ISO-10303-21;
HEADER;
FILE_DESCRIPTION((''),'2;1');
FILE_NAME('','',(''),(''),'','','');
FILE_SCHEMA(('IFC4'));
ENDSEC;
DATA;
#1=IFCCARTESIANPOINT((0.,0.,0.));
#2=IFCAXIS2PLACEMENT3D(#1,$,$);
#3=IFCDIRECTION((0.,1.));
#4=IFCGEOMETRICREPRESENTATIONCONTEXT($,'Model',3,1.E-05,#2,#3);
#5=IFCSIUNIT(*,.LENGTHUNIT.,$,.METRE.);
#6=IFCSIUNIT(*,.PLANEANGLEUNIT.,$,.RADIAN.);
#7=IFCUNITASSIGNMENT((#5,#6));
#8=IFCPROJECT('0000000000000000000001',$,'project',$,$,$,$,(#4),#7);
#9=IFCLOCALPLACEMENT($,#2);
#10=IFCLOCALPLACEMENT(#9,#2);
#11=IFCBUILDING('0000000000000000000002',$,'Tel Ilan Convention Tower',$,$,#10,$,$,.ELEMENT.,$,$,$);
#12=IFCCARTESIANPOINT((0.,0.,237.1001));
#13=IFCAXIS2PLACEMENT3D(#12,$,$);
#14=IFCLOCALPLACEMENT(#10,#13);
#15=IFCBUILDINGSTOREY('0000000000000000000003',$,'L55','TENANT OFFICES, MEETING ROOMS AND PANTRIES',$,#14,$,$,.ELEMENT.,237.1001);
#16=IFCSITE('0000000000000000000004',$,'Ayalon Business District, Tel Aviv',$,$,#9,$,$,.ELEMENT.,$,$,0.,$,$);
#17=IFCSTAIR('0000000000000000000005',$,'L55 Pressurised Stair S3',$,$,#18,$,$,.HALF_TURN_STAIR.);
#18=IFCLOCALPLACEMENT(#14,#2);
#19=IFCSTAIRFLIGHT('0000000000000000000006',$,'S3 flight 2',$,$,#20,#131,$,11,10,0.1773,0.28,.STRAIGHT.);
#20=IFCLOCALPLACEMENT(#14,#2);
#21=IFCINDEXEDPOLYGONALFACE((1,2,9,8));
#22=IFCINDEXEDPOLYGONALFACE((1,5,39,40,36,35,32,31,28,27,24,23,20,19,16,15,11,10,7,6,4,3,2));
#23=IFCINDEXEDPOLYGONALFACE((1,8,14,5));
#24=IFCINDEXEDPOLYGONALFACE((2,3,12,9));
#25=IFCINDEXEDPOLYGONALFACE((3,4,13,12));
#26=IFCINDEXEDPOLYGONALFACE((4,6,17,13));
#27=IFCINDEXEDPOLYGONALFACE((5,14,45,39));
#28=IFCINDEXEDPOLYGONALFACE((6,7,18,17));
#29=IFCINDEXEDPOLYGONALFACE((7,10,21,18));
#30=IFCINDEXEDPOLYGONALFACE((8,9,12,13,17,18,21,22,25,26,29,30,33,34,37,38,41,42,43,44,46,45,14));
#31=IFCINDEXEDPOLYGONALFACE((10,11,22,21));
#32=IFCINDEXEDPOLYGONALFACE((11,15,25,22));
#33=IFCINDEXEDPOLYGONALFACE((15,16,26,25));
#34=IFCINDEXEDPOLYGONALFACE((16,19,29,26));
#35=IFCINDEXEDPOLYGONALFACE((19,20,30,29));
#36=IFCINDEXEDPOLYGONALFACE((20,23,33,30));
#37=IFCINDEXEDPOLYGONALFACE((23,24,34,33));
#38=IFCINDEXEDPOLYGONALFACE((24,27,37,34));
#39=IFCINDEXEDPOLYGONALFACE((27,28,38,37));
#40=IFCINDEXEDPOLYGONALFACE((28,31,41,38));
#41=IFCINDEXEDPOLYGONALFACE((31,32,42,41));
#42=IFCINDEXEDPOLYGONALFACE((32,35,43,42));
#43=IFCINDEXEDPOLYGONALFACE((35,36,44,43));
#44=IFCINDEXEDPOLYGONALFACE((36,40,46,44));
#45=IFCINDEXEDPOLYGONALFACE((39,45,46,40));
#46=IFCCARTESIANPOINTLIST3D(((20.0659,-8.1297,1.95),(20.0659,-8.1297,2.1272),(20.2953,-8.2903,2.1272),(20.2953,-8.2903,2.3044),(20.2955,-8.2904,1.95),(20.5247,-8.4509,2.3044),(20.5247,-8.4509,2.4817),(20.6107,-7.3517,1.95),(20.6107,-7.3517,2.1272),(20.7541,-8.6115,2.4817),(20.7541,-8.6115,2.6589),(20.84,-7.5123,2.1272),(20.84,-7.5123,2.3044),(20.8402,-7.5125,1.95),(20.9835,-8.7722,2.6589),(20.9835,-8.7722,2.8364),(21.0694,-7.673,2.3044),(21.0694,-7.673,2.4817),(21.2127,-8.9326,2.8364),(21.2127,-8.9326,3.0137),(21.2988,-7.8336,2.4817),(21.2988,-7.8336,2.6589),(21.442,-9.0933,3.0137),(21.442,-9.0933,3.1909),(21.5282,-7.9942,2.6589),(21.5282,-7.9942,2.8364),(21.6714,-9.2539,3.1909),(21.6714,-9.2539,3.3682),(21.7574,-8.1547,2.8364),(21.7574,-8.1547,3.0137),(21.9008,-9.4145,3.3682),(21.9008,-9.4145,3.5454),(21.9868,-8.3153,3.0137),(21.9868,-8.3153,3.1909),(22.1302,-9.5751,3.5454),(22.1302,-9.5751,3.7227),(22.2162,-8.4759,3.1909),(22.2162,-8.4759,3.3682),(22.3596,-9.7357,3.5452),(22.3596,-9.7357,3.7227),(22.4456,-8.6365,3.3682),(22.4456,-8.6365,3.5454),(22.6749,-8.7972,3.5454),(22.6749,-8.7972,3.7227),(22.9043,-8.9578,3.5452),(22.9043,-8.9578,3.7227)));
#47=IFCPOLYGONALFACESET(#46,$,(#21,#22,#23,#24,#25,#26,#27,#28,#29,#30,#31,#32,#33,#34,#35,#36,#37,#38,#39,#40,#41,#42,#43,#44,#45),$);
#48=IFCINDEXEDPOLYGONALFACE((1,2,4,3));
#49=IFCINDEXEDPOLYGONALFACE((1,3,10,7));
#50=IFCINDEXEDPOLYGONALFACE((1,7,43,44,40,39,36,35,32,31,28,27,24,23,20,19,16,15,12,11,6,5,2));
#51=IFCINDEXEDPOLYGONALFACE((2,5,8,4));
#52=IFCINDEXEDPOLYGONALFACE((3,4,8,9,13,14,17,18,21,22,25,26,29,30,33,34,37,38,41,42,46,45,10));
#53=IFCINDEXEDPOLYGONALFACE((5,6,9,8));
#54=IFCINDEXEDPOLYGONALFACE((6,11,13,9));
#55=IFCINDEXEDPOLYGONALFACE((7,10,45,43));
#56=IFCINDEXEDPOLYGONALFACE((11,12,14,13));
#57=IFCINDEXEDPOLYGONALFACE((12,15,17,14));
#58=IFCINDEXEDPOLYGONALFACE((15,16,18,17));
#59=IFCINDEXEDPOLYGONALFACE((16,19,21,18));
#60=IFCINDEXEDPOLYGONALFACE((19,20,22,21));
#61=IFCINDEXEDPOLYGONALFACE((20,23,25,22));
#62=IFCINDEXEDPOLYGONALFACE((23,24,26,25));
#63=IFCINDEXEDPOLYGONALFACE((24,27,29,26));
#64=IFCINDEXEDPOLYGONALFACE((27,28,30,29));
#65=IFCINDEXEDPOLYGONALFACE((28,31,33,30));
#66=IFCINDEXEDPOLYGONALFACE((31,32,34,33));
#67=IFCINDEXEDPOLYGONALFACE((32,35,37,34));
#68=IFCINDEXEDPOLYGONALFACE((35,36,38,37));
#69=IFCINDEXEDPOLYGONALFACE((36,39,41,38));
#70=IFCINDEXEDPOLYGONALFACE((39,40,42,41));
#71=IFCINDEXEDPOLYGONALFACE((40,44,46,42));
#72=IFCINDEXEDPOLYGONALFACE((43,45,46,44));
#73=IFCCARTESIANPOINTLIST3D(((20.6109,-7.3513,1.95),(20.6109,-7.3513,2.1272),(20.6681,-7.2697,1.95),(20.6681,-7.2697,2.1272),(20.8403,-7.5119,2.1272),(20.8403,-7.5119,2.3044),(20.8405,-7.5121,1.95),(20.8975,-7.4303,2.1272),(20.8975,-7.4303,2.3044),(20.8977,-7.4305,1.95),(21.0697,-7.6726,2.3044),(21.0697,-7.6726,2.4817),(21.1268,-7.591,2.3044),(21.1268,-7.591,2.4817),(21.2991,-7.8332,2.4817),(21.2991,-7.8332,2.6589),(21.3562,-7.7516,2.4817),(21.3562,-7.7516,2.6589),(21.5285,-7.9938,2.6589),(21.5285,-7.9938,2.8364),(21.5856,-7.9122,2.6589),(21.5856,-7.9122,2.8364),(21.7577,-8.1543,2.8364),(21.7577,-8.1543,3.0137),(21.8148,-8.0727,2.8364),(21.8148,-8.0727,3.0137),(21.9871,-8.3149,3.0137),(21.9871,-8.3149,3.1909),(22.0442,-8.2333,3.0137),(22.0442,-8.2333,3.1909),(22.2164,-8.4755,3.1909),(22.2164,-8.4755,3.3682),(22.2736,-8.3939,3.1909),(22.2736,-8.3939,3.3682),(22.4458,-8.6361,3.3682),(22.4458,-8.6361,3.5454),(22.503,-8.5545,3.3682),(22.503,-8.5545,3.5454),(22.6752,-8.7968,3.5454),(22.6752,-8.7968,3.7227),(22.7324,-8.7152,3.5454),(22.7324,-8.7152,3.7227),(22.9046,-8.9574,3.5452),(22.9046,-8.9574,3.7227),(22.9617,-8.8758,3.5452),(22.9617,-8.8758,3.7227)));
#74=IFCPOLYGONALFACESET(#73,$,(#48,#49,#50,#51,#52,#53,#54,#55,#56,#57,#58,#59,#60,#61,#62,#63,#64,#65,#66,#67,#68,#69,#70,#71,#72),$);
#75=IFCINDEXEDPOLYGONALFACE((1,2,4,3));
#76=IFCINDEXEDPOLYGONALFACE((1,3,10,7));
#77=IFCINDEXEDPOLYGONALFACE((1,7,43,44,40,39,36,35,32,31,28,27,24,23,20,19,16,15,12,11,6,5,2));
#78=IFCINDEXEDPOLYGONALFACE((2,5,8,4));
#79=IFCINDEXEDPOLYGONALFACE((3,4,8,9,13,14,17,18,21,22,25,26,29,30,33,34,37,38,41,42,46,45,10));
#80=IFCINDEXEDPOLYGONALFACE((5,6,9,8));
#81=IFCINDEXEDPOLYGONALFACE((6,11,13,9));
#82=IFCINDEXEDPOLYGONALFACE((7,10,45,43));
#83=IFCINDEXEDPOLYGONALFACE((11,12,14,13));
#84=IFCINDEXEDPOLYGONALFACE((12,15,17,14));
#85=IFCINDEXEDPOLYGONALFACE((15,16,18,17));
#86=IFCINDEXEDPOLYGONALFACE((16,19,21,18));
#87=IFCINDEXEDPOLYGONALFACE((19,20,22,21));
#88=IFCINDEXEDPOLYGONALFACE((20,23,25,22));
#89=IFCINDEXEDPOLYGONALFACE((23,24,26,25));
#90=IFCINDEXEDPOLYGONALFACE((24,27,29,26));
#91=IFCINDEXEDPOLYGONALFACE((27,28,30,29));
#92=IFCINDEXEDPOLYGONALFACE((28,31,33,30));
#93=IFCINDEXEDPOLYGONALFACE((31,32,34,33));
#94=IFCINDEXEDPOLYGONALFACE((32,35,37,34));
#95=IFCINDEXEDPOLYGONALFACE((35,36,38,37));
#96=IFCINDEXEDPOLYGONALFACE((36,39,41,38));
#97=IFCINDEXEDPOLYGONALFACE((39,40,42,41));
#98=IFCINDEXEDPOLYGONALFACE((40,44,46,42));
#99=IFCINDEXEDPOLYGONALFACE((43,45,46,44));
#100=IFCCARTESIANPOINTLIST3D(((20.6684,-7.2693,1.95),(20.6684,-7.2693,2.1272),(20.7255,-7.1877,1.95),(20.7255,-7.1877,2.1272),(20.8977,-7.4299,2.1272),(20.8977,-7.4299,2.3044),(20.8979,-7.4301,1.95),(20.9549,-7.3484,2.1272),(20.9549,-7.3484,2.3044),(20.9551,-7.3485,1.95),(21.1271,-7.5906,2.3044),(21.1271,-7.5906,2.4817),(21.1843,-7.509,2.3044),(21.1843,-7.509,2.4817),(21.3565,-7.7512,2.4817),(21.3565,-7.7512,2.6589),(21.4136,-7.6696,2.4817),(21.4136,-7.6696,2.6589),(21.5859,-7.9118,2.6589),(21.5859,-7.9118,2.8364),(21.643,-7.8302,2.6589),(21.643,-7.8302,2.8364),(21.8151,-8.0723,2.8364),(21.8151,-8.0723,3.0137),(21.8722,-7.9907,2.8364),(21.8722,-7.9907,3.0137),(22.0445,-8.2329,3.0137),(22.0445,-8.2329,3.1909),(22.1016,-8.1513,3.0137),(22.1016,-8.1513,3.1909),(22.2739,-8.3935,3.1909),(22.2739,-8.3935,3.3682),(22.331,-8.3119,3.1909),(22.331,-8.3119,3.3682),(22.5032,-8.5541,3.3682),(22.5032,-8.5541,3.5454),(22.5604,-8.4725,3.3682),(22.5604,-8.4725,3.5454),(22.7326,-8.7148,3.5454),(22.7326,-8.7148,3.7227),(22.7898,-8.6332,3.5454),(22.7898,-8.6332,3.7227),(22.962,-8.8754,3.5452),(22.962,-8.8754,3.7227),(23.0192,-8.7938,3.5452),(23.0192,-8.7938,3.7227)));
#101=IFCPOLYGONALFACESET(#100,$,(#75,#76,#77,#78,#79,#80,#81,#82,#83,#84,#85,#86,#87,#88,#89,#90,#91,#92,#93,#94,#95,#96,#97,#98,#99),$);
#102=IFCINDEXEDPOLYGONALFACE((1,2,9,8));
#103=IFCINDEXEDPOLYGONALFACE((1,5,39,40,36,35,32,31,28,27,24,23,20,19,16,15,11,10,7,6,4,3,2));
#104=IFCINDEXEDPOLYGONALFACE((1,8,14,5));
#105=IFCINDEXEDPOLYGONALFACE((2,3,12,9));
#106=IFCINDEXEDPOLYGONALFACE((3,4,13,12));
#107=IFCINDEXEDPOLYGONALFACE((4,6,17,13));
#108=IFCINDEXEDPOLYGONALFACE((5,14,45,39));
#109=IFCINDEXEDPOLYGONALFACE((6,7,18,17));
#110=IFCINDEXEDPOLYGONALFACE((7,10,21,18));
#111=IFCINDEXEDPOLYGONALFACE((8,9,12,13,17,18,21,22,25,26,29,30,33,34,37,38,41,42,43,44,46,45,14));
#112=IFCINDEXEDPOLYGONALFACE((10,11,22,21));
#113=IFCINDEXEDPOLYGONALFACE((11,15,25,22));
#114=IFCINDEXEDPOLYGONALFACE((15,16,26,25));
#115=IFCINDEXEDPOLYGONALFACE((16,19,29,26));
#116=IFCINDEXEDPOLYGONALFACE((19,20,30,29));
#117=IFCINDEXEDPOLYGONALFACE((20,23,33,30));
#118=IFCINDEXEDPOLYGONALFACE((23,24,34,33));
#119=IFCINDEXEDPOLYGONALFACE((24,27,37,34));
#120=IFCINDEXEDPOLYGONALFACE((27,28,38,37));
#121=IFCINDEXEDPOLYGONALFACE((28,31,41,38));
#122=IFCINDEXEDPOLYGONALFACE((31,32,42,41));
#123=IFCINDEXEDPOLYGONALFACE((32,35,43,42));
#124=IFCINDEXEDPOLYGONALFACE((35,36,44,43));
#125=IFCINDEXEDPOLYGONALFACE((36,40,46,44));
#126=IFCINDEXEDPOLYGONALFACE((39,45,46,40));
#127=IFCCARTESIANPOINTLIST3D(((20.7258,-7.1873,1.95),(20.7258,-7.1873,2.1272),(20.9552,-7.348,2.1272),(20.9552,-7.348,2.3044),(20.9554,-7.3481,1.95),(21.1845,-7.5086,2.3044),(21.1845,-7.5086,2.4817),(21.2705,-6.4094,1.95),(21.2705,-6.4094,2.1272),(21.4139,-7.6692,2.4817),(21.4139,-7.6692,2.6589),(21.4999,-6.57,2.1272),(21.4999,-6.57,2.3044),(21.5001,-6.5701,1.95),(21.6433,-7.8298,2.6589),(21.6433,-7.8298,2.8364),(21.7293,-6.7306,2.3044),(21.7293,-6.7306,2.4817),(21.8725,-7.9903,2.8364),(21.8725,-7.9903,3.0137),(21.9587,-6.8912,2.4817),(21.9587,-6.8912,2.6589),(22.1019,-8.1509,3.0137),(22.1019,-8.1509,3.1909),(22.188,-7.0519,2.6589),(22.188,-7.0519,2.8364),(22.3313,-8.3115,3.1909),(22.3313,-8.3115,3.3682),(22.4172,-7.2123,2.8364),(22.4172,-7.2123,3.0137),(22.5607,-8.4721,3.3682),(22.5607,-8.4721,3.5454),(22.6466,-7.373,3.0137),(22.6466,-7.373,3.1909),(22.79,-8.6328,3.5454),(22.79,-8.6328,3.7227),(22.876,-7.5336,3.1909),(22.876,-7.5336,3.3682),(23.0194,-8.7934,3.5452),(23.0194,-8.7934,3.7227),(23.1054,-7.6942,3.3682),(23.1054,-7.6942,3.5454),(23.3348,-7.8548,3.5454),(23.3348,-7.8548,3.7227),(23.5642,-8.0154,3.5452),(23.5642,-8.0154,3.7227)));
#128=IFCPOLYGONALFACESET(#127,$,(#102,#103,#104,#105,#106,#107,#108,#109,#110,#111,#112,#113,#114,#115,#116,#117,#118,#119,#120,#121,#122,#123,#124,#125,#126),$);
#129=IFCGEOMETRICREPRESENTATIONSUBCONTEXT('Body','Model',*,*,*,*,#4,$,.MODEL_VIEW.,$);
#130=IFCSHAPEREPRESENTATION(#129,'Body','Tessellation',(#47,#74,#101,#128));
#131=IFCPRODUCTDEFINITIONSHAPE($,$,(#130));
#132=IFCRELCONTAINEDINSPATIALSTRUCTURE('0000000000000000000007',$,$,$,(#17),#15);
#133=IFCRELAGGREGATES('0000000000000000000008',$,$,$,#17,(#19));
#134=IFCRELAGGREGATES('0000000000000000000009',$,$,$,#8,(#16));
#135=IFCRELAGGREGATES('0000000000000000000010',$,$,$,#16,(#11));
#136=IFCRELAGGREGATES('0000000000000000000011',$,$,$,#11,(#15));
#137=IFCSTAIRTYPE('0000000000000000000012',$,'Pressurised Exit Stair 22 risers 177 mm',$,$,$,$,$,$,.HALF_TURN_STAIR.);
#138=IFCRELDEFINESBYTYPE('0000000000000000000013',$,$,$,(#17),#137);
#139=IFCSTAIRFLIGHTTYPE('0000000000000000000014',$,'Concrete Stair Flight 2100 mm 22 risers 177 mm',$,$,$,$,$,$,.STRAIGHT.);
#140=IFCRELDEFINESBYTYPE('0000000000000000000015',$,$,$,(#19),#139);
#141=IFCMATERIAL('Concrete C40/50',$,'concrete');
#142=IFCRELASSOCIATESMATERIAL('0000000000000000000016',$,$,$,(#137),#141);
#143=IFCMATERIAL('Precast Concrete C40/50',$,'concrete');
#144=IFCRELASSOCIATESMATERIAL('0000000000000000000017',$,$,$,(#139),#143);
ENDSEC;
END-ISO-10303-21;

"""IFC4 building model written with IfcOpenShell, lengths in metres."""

from ifc_helpers import new_model, si_unit, direction, frame, origin, place, context, subcontext, project, spatial, polyline, outline, extrude, material, type_object, element, aggregate, save


model = new_model("IFC4")

# Units and contexts
model_context = context("Model", 3, precision=1e-05, world=origin(), true_north=direction((0.0, 1.0)))
body_context = subcontext(model_context, "Body", "Model", "MODEL_VIEW")
ifc_project = project(units=[si_unit("LENGTHUNIT", "METRE"), si_unit("PLANEANGLEUNIT", "RADIAN")], contexts=[model_context])

# Site, building, storey
site_placement = place(None, origin())
site = spatial("IfcSite", under=ifc_project, at=site_placement, Name="Ayalon Business District, Tel Aviv", CompositionType="ELEMENT", RefElevation=0.0)
building_placement = place(site_placement, origin())
building = spatial("IfcBuilding", under=site, at=building_placement, Name="Tel Ilan Convention Tower", CompositionType="ELEMENT")
storey_placement = place(building_placement, frame((0.0, 0.0, 237.1001)))
storey = spatial("IfcBuildingStorey", under=building, at=storey_placement, Name="L55", Description="TENANT OFFICES, MEETING ROOMS AND PANTRIES", CompositionType="ELEMENT", Elevation=237.1001)

# Stair, stair flight
ifc_material_1 = material(Name="Concrete C40/50", Category="concrete")
stair_type = type_object("IfcStairType", Name="Pressurised Exit Stair 22 risers 177 mm", PredefinedType="HALF_TURN_STAIR", material=ifc_material_1)
stair_1_placement = place(storey_placement, origin())
stair_1 = element("IfcStair", 1, at=stair_1_placement, inside=storey, type_object=stair_type, Name="L55 Pressurised Stair S3", PredefinedType="HALF_TURN_STAIR")
ifc_material_2 = material(Name="Precast Concrete C40/50", Category="concrete")
stair_flight_type = type_object("IfcStairFlightType", Name="Concrete Stair Flight 2100 mm 22 risers 177 mm", PredefinedType="STRAIGHT", material=ifc_material_2)
stair_flight_1_placement = place(storey_placement, frame((20.6682, -7.2695, 1.95), z_axis=(0.0, 0.0, 1.0), x_axis=(0.819152, -0.573576, 0.0)))
stair_flight_1 = element("IfcStairFlight", 2, at=stair_flight_1_placement, type_object=stair_flight_type, Name="S3 flight 2", NumberOfRisers=11, NumberOfTreads=10, PredefinedType="STRAIGHT", RiserHeight=0.1773, TreadLength=0.28, context=body_context, shape_type="SweptSolid", body=[
    extrude(outline(polyline([(0.0, 0.0), (0.0, 0.1772), (0.28, 0.1772), (0.28, 0.3545), (0.5601, 0.3545), (0.5601, 0.5317), (0.8401, 0.5317), (0.8401, 0.709), (1.1201, 0.709), (1.1201, 0.8865), (1.3999, 0.8865), (1.3999, 1.0637), (1.6799, 1.0637), (1.6799, 1.241), (1.96, 1.241), (1.96, 1.4182), (2.24, 1.4182), (2.24, 1.5955), (2.52, 1.5955), (2.52, 1.7727), (2.8, 1.7727), (2.8, 1.95), (2.8, 1.5952), (0.2803, 0.0), (0.0, 0.0)])), frame((0.0, -0.1003, 0.0), z_axis=(0.0, -1.0, 0.0), x_axis=(1.0, 0.0, 0.0)), (0.0, 0.0, 1.0), 0.9497),
    extrude(outline(polyline([(0.0, 0.0), (0.0, 0.1772), (0.28, 0.1772), (0.28, 0.3545), (0.5601, 0.3545), (0.5601, 0.5317), (0.8401, 0.5317), (0.8401, 0.709), (1.1201, 0.709), (1.1201, 0.8865), (1.3999, 0.8865), (1.3999, 1.0637), (1.6799, 1.0637), (1.6799, 1.241), (1.96, 1.241), (1.96, 1.4182), (2.24, 1.4182), (2.24, 1.5955), (2.52, 1.5955), (2.52, 1.7727), (2.8, 1.7727), (2.8, 1.95), (2.8, 1.5952), (0.2803, 0.0), (0.0, 0.0)])), frame((0.0, -0.0002, 0.0), z_axis=(0.0, -1.0, 0.0), x_axis=(1.0, 0.0, 0.0)), (0.0, 0.0, 1.0), 0.0996),
    extrude(outline(polyline([(0.0, 0.0), (0.0, 0.1772), (0.28, 0.1772), (0.28, 0.3545), (0.5601, 0.3545), (0.5601, 0.5317), (0.8401, 0.5317), (0.8401, 0.709), (1.1201, 0.709), (1.1201, 0.8865), (1.3999, 0.8865), (1.3999, 1.0637), (1.6799, 1.0637), (1.6799, 1.241), (1.96, 1.241), (1.96, 1.4182), (2.24, 1.4182), (2.24, 1.5955), (2.52, 1.5955), (2.52, 1.7727), (2.8, 1.7727), (2.8, 1.95), (2.8, 1.5952), (0.2803, 0.0), (0.0, 0.0)])), frame((0.0, 0.0999, 0.0), z_axis=(0.0, -1.0, 0.0), x_axis=(1.0, 0.0, 0.0)), (0.0, 0.0, 1.0), 0.0996),
    extrude(outline(polyline([(0.0, 0.0), (0.0, 0.1772), (0.28, 0.1772), (0.28, 0.3545), (0.5601, 0.3545), (0.5601, 0.5317), (0.8401, 0.5317), (0.8401, 0.709), (1.1201, 0.709), (1.1201, 0.8865), (1.3999, 0.8865), (1.3999, 1.0637), (1.6799, 1.0637), (1.6799, 1.241), (1.96, 1.241), (1.96, 1.4182), (2.24, 1.4182), (2.24, 1.5955), (2.52, 1.5955), (2.52, 1.7727), (2.8, 1.7727), (2.8, 1.95), (2.8, 1.5952), (0.2803, 0.0), (0.0, 0.0)])), frame((0.0, 1.05, 0.0), z_axis=(0.0, -1.0, 0.0), x_axis=(1.0, 0.0, 0.0)), (0.0, 0.0, 1.0), 0.9497),
])
aggregate(stair_1, [stair_flight_1])

save(model, "model.ifc")
